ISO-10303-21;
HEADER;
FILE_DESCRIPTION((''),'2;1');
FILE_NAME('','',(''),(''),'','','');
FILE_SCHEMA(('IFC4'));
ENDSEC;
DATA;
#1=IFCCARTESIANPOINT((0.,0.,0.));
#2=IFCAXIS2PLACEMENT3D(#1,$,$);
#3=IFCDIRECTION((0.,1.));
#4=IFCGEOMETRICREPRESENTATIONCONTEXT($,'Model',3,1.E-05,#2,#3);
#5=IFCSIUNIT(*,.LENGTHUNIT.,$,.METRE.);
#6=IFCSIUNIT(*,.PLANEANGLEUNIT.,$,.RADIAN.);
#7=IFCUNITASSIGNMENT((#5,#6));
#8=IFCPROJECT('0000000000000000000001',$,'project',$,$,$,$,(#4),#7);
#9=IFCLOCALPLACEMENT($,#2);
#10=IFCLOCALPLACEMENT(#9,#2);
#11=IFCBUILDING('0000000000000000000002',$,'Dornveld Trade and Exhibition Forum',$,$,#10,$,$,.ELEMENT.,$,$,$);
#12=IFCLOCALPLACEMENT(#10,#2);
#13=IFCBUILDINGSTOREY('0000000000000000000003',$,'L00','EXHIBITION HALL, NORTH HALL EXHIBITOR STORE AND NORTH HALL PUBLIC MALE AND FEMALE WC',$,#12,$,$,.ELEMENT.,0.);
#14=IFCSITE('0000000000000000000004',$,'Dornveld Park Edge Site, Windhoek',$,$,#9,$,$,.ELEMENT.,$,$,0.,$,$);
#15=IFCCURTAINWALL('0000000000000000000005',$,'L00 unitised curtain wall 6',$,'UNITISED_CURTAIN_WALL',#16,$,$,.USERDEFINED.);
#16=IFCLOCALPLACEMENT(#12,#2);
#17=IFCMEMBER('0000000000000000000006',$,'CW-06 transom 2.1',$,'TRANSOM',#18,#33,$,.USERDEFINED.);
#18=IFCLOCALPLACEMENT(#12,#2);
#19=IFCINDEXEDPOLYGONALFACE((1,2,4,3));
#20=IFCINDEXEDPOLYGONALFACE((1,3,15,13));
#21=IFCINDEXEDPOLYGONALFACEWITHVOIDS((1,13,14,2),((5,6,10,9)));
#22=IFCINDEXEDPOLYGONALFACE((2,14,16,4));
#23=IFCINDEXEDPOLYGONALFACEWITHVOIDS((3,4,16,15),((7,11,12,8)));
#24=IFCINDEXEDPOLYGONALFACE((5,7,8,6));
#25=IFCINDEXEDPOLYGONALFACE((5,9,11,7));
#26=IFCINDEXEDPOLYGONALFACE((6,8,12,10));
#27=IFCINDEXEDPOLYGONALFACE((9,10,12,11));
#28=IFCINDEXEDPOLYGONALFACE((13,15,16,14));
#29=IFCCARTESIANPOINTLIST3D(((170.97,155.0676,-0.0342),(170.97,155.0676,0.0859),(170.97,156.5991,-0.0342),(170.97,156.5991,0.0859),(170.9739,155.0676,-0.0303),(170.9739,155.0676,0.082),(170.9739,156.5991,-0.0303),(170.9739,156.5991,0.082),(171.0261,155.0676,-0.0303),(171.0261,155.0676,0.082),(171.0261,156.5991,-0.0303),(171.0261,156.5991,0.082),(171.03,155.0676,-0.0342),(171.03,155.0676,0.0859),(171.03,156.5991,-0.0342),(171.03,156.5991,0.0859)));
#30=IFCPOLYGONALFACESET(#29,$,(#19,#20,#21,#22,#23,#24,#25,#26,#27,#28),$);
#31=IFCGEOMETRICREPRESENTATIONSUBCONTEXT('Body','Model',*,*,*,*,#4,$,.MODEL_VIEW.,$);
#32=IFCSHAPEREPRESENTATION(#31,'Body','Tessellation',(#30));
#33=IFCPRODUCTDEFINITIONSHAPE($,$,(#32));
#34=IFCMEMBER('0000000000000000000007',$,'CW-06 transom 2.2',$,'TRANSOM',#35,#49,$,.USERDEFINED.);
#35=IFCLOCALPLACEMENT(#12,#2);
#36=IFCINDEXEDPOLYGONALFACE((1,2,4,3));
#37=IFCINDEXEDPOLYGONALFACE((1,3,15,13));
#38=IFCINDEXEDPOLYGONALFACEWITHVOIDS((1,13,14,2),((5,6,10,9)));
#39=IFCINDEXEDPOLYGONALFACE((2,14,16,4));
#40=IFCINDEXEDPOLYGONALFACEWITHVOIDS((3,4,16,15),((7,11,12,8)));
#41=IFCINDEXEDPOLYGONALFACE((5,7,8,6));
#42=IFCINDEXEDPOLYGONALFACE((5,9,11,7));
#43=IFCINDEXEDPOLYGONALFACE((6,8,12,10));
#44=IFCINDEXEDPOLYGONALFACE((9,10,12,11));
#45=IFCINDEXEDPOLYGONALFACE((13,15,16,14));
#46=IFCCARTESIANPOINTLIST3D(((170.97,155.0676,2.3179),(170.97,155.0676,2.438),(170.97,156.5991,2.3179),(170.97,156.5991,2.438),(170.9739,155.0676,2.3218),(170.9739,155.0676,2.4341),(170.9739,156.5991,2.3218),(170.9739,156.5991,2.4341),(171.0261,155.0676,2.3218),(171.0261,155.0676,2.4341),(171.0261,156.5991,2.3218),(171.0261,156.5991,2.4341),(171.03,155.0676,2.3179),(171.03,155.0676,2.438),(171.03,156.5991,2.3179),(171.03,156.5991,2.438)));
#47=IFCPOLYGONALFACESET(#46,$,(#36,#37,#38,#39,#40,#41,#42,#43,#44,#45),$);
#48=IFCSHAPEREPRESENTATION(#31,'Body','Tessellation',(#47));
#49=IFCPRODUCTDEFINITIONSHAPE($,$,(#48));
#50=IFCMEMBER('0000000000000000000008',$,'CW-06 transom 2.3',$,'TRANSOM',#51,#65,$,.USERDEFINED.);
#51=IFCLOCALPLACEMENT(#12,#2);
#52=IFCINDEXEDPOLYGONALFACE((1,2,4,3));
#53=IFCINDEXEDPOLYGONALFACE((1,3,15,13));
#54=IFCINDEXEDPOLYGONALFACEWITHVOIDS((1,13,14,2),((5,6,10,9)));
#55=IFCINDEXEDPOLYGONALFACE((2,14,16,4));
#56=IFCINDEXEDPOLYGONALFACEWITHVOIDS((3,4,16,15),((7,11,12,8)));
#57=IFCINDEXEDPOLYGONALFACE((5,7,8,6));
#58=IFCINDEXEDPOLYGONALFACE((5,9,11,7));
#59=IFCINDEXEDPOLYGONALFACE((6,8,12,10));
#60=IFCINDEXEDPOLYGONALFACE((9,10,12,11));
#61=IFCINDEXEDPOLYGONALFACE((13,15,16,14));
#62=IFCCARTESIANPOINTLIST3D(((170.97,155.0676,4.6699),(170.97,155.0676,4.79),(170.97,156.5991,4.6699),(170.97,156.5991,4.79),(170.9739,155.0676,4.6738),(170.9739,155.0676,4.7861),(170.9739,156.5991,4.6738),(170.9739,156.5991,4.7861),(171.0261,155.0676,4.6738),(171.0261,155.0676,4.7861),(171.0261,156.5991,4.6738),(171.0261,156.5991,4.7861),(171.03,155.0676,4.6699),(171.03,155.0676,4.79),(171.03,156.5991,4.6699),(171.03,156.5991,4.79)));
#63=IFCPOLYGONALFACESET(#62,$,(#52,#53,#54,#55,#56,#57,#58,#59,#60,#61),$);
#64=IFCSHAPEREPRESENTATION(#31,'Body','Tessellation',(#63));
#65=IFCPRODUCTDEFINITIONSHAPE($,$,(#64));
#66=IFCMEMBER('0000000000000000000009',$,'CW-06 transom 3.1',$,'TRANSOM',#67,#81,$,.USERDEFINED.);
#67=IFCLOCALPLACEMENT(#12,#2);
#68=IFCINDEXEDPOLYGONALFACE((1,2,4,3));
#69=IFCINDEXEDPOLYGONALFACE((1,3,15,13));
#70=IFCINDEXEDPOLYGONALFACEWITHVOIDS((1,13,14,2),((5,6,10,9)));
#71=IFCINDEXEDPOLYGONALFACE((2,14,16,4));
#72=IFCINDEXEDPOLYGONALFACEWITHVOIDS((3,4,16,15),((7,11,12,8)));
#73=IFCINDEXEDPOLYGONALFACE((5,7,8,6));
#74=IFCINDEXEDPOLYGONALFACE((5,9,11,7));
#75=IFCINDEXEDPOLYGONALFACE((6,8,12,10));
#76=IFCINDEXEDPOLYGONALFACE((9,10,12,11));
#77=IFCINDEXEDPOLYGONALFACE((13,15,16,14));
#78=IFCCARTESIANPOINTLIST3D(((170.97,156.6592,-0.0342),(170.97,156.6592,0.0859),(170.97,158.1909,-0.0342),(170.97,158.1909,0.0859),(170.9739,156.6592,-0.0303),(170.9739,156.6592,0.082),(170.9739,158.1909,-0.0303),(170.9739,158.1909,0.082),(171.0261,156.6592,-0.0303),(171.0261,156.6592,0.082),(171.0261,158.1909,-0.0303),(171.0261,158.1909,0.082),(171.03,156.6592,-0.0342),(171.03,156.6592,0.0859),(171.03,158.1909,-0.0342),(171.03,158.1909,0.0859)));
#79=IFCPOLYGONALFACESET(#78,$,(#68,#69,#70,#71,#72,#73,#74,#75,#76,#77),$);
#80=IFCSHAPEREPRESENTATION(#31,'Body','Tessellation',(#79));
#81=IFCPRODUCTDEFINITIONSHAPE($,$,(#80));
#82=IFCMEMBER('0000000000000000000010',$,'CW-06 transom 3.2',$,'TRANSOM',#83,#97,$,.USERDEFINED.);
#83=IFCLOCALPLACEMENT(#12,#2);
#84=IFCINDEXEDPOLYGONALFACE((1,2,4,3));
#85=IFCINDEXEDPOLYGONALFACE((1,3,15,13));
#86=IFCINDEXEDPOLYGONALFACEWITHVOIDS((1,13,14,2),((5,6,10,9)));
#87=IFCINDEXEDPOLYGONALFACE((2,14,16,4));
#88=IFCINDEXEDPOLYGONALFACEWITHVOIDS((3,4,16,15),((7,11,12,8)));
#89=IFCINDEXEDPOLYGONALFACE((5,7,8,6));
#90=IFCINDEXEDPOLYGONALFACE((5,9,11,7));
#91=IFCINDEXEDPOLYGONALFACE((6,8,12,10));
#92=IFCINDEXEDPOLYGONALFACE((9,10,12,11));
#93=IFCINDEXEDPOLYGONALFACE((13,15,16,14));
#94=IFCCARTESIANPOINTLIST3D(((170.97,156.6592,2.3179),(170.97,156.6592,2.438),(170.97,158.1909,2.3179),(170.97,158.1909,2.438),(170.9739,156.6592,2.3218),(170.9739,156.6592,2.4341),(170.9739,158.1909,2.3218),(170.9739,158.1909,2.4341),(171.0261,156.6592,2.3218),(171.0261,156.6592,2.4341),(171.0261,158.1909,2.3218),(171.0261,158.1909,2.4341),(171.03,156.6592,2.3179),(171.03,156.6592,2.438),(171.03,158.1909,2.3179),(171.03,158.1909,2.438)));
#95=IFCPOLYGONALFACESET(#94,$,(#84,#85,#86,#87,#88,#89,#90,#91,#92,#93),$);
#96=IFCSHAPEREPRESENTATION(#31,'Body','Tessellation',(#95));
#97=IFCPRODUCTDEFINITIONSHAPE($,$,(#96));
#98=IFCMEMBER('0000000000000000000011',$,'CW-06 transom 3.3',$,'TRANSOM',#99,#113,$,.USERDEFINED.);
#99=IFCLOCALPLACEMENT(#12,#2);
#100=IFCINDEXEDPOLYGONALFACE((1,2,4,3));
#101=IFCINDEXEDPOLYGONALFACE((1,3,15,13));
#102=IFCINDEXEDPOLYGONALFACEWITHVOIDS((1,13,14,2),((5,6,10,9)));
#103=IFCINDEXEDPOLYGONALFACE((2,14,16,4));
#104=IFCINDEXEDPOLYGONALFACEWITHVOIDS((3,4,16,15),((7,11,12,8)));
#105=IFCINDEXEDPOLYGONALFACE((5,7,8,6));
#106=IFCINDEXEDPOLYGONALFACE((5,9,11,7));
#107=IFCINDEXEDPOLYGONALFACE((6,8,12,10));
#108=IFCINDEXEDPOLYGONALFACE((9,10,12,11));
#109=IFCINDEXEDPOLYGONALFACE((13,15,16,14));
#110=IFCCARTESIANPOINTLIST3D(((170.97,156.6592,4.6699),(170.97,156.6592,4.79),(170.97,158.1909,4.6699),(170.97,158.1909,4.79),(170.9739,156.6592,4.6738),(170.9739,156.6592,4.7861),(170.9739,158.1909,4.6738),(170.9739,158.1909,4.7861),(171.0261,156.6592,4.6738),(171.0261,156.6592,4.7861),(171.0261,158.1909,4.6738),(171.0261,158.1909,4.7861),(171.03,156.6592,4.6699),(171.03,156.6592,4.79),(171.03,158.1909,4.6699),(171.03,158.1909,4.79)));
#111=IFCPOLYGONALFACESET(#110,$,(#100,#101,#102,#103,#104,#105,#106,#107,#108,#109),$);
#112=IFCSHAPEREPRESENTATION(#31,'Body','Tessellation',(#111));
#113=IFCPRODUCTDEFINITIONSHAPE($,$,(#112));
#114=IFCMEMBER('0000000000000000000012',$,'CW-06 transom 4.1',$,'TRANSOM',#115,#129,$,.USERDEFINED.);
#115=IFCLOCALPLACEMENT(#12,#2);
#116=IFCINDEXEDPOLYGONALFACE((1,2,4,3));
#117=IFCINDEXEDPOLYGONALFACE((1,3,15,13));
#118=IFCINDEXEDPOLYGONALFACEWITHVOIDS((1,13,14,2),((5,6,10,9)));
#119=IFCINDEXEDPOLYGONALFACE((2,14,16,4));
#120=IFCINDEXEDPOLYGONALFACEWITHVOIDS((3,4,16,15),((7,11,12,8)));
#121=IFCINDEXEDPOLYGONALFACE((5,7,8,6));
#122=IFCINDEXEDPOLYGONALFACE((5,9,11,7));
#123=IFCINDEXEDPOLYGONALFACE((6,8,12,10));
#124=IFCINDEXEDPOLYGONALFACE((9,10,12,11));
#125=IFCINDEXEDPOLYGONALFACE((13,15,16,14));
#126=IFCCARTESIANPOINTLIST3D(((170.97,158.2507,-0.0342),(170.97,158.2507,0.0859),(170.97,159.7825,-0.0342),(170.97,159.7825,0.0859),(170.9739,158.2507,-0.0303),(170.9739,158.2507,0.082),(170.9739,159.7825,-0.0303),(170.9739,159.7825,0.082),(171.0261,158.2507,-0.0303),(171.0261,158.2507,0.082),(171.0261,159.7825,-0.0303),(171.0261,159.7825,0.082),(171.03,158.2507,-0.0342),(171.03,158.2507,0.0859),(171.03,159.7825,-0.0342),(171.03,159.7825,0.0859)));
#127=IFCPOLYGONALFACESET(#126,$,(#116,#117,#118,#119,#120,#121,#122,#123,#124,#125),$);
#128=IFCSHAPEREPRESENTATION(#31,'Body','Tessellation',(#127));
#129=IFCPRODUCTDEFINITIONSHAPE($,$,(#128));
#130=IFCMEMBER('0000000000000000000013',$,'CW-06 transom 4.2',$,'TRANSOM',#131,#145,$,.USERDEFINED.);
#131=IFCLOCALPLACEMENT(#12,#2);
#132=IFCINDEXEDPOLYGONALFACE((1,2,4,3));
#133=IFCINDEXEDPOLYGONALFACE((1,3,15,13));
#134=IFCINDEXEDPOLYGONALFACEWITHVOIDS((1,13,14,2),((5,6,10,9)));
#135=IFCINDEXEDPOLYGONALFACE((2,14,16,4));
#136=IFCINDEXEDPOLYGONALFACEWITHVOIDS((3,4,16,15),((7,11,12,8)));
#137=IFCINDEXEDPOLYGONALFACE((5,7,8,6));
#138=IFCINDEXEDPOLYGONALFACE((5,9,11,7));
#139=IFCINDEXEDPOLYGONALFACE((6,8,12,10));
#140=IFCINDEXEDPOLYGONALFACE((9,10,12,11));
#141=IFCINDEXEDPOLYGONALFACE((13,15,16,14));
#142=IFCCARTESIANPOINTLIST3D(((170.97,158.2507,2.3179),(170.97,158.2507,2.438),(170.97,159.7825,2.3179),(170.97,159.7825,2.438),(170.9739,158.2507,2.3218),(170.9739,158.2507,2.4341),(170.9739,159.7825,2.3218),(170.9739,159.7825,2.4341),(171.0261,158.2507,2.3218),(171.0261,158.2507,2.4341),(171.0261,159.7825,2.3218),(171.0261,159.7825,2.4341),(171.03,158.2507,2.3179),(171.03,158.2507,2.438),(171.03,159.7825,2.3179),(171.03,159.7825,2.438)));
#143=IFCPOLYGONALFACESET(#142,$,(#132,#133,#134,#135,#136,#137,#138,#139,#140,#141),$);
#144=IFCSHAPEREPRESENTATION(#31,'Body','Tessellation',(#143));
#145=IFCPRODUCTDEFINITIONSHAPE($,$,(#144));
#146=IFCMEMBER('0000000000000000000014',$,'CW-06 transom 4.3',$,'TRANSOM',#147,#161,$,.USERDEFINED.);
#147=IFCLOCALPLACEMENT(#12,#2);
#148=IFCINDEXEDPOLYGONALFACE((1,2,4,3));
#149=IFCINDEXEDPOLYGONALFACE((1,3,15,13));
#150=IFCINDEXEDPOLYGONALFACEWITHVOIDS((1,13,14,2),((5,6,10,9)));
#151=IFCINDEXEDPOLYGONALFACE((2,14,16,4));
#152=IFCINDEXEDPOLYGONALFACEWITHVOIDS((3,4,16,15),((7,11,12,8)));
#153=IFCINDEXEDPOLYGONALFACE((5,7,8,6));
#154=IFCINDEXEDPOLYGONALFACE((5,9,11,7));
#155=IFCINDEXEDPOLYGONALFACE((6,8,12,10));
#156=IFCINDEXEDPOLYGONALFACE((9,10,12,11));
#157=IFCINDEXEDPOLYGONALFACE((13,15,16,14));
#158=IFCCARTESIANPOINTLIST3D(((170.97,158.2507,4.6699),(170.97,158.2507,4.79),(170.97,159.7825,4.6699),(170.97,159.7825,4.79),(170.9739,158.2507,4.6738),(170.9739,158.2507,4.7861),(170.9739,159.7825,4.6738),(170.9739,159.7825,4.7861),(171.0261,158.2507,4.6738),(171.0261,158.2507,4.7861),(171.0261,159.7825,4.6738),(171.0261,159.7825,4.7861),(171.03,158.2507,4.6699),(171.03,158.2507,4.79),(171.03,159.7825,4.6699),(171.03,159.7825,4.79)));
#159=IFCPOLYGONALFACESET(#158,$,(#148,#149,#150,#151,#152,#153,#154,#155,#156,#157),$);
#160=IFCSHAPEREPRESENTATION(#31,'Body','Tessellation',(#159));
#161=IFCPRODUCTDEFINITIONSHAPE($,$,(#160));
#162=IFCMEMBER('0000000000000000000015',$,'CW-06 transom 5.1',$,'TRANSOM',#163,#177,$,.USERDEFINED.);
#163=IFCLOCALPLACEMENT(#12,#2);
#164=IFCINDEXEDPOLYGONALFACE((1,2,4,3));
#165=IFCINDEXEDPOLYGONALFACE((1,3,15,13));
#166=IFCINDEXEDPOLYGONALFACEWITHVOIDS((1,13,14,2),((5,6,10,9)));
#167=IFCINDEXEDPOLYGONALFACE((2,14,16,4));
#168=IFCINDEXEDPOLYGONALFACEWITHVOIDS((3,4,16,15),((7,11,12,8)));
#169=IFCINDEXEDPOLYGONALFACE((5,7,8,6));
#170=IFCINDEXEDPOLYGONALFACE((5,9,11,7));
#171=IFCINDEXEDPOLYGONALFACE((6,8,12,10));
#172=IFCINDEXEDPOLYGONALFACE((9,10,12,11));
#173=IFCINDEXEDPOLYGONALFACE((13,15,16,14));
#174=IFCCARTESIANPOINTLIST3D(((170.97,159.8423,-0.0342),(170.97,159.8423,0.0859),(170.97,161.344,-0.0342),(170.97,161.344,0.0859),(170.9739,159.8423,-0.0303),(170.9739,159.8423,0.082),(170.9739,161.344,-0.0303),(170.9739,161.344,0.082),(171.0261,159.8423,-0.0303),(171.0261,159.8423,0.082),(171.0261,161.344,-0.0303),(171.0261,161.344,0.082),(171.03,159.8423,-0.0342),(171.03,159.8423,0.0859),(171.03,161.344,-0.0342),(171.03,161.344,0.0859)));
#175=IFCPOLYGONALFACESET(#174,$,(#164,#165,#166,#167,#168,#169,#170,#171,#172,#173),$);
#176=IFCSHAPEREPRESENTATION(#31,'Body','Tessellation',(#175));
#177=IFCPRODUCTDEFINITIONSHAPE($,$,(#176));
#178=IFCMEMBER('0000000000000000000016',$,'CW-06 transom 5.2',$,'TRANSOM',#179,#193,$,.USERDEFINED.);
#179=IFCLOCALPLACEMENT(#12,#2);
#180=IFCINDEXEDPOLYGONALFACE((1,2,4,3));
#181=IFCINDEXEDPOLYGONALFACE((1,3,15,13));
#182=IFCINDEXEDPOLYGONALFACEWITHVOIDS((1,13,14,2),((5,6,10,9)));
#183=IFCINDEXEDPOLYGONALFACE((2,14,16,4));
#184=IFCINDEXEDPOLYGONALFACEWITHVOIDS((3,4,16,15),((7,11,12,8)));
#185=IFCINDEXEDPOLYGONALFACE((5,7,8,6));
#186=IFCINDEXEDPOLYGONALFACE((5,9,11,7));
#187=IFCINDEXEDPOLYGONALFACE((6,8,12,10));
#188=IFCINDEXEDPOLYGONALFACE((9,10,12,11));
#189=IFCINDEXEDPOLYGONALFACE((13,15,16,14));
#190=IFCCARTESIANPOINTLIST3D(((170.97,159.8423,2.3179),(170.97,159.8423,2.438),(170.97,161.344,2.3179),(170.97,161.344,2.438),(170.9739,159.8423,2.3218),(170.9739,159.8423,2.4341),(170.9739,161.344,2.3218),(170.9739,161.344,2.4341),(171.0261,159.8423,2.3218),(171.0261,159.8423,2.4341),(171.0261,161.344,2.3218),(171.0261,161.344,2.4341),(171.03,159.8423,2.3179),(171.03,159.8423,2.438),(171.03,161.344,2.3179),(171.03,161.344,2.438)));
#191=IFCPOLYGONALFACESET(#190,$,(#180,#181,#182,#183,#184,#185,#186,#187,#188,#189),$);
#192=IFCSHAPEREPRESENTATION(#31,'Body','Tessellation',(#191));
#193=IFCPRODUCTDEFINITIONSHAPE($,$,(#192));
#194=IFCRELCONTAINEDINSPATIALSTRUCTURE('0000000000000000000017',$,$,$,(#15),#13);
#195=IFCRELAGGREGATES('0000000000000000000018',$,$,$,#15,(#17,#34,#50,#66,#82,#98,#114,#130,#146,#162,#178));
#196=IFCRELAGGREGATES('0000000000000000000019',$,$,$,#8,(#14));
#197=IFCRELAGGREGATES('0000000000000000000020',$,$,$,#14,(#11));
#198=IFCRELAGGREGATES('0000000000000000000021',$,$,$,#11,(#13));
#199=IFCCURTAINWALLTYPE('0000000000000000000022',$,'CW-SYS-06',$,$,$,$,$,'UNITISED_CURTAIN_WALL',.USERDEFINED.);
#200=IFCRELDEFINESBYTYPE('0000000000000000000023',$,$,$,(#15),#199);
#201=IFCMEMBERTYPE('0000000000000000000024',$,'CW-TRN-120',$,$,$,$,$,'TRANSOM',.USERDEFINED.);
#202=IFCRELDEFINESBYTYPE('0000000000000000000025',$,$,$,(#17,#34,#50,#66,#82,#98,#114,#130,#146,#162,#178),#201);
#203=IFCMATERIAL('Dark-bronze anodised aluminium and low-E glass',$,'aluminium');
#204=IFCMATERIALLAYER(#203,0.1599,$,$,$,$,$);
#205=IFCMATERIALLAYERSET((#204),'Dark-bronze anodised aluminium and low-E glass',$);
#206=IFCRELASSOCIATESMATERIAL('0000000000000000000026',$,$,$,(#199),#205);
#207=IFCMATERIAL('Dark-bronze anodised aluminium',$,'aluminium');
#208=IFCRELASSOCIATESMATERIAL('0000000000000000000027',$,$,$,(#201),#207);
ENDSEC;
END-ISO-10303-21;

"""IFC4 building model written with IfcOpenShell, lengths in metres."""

from ifc_helpers import new_model, si_unit, direction, frame, origin, origin_2d, place, context, subcontext, project, spatial, hollow_rectangle, extrude, material, layer, layer_set, material_profile, profile_set, type_object, element, aggregate, save


model = new_model("IFC4")

# Units and contexts
model_context = context("Model", 3, precision=1e-05, world=origin(), true_north=direction((0.0, 1.0)))
body_context = subcontext(model_context, "Body", "Model", "MODEL_VIEW")
ifc_project = project(units=[si_unit("LENGTHUNIT", "METRE"), si_unit("PLANEANGLEUNIT", "RADIAN")], contexts=[model_context])

# Site, building, storey
site_placement = place(None, origin())
site = spatial("IfcSite", under=ifc_project, at=site_placement, Name="Dornveld Park Edge Site, Windhoek", CompositionType="ELEMENT", RefElevation=0.0)
building_placement = place(site_placement, origin())
building = spatial("IfcBuilding", under=site, at=building_placement, Name="Dornveld Trade and Exhibition Forum", CompositionType="ELEMENT")
storey_placement = place(building_placement, origin())
storey = spatial("IfcBuildingStorey", under=building, at=storey_placement, Name="L00", Description="EXHIBITION HALL, NORTH HALL EXHIBITOR STORE AND NORTH HALL PUBLIC MALE AND FEMALE WC", CompositionType="ELEMENT", Elevation=0.0)

# Curtain wall, members
ifc_material_1 = material(Name="Dark-bronze anodised aluminium and low-E glass", Category="aluminium")
ifc_layer_1 = layer(ifc_material_1, 0.1599)
ifc_layer_set_1 = layer_set([ifc_layer_1], Name="Dark-bronze anodised aluminium and low-E glass")
curtain_wall_type_1 = type_object("IfcCurtainWallType", Name="CW-SYS-06", ElementType="UNITISED_CURTAIN_WALL", PredefinedType="USERDEFINED", material=ifc_layer_set_1)
curtain_wall_1_placement = place(storey_placement, origin())
curtain_wall_1 = element("IfcCurtainWall", 1, at=curtain_wall_1_placement, inside=storey, type_object=curtain_wall_type_1, Name="L00 unitised curtain wall 6", ObjectType="UNITISED_CURTAIN_WALL", PredefinedType="USERDEFINED")
ifc_material_2 = material(Name="Dark-bronze anodised aluminium", Category="aluminium")
ifc_material_profile_1 = material_profile(ifc_material_2, hollow_rectangle(XDim=0.0601, YDim=0.1201, WallThickness=0.0039, at=origin_2d()), Name="RHS 120x60x4")
ifc_profile_set_1 = profile_set([ifc_material_profile_1], Name="Dark-bronze anodised aluminium")
member_type_1 = type_object("IfcMemberType", Name="CW-TRN-120", ElementType="TRANSOM", PredefinedType="USERDEFINED", material=ifc_profile_set_1)
member_1_placement = place(storey_placement, frame((171.0, 155.0676, 0.0259), z_axis=(0.0, 1.0, 0.0), x_axis=(-1.0, 0.0, 0.0)))
member_1 = element("IfcMember", 2, at=member_1_placement, type_object=member_type_1, Name="CW-06 transom 2.1", ObjectType="TRANSOM", PredefinedType="USERDEFINED", context=body_context, shape_type="SweptSolid", body=[
    extrude(hollow_rectangle(XDim=0.0601, YDim=0.1201, WallThickness=0.0039, at=origin_2d()), origin(), (0.0, 0.0, 1.0), 1.5315),
])
member_2_placement = place(storey_placement, frame((171.0, 155.0676, 2.3779), z_axis=(0.0, 1.0, 0.0), x_axis=(-1.0, 0.0, 0.0)))
member_2 = element("IfcMember", 3, at=member_2_placement, type_object=member_type_1, Name="CW-06 transom 2.2", ObjectType="TRANSOM", PredefinedType="USERDEFINED", context=body_context, shape_type="SweptSolid", body=[
    extrude(hollow_rectangle(XDim=0.0601, YDim=0.1201, WallThickness=0.0039, at=origin_2d()), origin(), (0.0, 0.0, 1.0), 1.5315),
])
member_3_placement = place(storey_placement, frame((171.0, 155.0676, 4.73), z_axis=(0.0, 1.0, 0.0), x_axis=(-1.0, 0.0, 0.0)))
member_3 = element("IfcMember", 4, at=member_3_placement, type_object=member_type_1, Name="CW-06 transom 2.3", ObjectType="TRANSOM", PredefinedType="USERDEFINED", context=body_context, shape_type="SweptSolid", body=[
    extrude(hollow_rectangle(XDim=0.0601, YDim=0.1201, WallThickness=0.0039, at=origin_2d()), origin(), (0.0, 0.0, 1.0), 1.5315),
])
member_4_placement = place(storey_placement, frame((171.0, 156.6592, 0.0259), z_axis=(0.0, 1.0, 0.0), x_axis=(-1.0, 0.0, 0.0)))
member_4 = element("IfcMember", 5, at=member_4_placement, type_object=member_type_1, Name="CW-06 transom 3.1", ObjectType="TRANSOM", PredefinedType="USERDEFINED", context=body_context, shape_type="SweptSolid", body=[
    extrude(hollow_rectangle(XDim=0.0601, YDim=0.1201, WallThickness=0.0039, at=origin_2d()), origin(), (0.0, 0.0, 1.0), 1.5317),
])
member_5_placement = place(storey_placement, frame((171.0, 156.6592, 2.3779), z_axis=(0.0, 1.0, 0.0), x_axis=(-1.0, 0.0, 0.0)))
member_5 = element("IfcMember", 6, at=member_5_placement, type_object=member_type_1, Name="CW-06 transom 3.2", ObjectType="TRANSOM", PredefinedType="USERDEFINED", context=body_context, shape_type="SweptSolid", body=[
    extrude(hollow_rectangle(XDim=0.0601, YDim=0.1201, WallThickness=0.0039, at=origin_2d()), origin(), (0.0, 0.0, 1.0), 1.5317),
])
member_6_placement = place(storey_placement, frame((171.0, 156.6592, 4.73), z_axis=(0.0, 1.0, 0.0), x_axis=(-1.0, 0.0, 0.0)))
member_6 = element("IfcMember", 7, at=member_6_placement, type_object=member_type_1, Name="CW-06 transom 3.3", ObjectType="TRANSOM", PredefinedType="USERDEFINED", context=body_context, shape_type="SweptSolid", body=[
    extrude(hollow_rectangle(XDim=0.0601, YDim=0.1201, WallThickness=0.0039, at=origin_2d()), origin(), (0.0, 0.0, 1.0), 1.5317),
])
member_7_placement = place(storey_placement, frame((171.0, 158.2507, 0.0259), z_axis=(0.0, 1.0, 0.0), x_axis=(-1.0, 0.0, 0.0)))
member_7 = element("IfcMember", 8, at=member_7_placement, type_object=member_type_1, Name="CW-06 transom 4.1", ObjectType="TRANSOM", PredefinedType="USERDEFINED", context=body_context, shape_type="SweptSolid", body=[
    extrude(hollow_rectangle(XDim=0.0601, YDim=0.1201, WallThickness=0.0039, at=origin_2d()), origin(), (0.0, 0.0, 1.0), 1.5317),
])
member_8_placement = place(storey_placement, frame((171.0, 158.2507, 2.3779), z_axis=(0.0, 1.0, 0.0), x_axis=(-1.0, 0.0, 0.0)))
member_8 = element("IfcMember", 9, at=member_8_placement, type_object=member_type_1, Name="CW-06 transom 4.2", ObjectType="TRANSOM", PredefinedType="USERDEFINED", context=body_context, shape_type="SweptSolid", body=[
    extrude(hollow_rectangle(XDim=0.0601, YDim=0.1201, WallThickness=0.0039, at=origin_2d()), origin(), (0.0, 0.0, 1.0), 1.5317),
])
member_9_placement = place(storey_placement, frame((171.0, 158.2507, 4.73), z_axis=(0.0, 1.0, 0.0), x_axis=(-1.0, 0.0, 0.0)))
member_9 = element("IfcMember", 10, at=member_9_placement, type_object=member_type_1, Name="CW-06 transom 4.3", ObjectType="TRANSOM", PredefinedType="USERDEFINED", context=body_context, shape_type="SweptSolid", body=[
    extrude(hollow_rectangle(XDim=0.0601, YDim=0.1201, WallThickness=0.0039, at=origin_2d()), origin(), (0.0, 0.0, 1.0), 1.5317),
])
member_10_placement = place(storey_placement, frame((171.0, 159.8423, 0.0259), z_axis=(0.0, 1.0, 0.0), x_axis=(-1.0, 0.0, 0.0)))
member_10 = element("IfcMember", 11, at=member_10_placement, type_object=member_type_1, Name="CW-06 transom 5.1", ObjectType="TRANSOM", PredefinedType="USERDEFINED", context=body_context, shape_type="SweptSolid", body=[
    extrude(hollow_rectangle(XDim=0.0601, YDim=0.1201, WallThickness=0.0039, at=origin_2d()), origin(), (0.0, 0.0, 1.0), 1.5017),
])
member_11_placement = place(storey_placement, frame((171.0, 159.8423, 2.3779), z_axis=(0.0, 1.0, 0.0), x_axis=(-1.0, 0.0, 0.0)))
member_11 = element("IfcMember", 12, at=member_11_placement, type_object=member_type_1, Name="CW-06 transom 5.2", ObjectType="TRANSOM", PredefinedType="USERDEFINED", context=body_context, shape_type="SweptSolid", body=[
    extrude(hollow_rectangle(XDim=0.0601, YDim=0.1201, WallThickness=0.0039, at=origin_2d()), origin(), (0.0, 0.0, 1.0), 1.5017),
])
aggregate(curtain_wall_1, [member_1, member_2, member_3, member_4, member_5, member_6, member_7, member_8, member_9, member_10, member_11])

save(model, "model.ifc")
